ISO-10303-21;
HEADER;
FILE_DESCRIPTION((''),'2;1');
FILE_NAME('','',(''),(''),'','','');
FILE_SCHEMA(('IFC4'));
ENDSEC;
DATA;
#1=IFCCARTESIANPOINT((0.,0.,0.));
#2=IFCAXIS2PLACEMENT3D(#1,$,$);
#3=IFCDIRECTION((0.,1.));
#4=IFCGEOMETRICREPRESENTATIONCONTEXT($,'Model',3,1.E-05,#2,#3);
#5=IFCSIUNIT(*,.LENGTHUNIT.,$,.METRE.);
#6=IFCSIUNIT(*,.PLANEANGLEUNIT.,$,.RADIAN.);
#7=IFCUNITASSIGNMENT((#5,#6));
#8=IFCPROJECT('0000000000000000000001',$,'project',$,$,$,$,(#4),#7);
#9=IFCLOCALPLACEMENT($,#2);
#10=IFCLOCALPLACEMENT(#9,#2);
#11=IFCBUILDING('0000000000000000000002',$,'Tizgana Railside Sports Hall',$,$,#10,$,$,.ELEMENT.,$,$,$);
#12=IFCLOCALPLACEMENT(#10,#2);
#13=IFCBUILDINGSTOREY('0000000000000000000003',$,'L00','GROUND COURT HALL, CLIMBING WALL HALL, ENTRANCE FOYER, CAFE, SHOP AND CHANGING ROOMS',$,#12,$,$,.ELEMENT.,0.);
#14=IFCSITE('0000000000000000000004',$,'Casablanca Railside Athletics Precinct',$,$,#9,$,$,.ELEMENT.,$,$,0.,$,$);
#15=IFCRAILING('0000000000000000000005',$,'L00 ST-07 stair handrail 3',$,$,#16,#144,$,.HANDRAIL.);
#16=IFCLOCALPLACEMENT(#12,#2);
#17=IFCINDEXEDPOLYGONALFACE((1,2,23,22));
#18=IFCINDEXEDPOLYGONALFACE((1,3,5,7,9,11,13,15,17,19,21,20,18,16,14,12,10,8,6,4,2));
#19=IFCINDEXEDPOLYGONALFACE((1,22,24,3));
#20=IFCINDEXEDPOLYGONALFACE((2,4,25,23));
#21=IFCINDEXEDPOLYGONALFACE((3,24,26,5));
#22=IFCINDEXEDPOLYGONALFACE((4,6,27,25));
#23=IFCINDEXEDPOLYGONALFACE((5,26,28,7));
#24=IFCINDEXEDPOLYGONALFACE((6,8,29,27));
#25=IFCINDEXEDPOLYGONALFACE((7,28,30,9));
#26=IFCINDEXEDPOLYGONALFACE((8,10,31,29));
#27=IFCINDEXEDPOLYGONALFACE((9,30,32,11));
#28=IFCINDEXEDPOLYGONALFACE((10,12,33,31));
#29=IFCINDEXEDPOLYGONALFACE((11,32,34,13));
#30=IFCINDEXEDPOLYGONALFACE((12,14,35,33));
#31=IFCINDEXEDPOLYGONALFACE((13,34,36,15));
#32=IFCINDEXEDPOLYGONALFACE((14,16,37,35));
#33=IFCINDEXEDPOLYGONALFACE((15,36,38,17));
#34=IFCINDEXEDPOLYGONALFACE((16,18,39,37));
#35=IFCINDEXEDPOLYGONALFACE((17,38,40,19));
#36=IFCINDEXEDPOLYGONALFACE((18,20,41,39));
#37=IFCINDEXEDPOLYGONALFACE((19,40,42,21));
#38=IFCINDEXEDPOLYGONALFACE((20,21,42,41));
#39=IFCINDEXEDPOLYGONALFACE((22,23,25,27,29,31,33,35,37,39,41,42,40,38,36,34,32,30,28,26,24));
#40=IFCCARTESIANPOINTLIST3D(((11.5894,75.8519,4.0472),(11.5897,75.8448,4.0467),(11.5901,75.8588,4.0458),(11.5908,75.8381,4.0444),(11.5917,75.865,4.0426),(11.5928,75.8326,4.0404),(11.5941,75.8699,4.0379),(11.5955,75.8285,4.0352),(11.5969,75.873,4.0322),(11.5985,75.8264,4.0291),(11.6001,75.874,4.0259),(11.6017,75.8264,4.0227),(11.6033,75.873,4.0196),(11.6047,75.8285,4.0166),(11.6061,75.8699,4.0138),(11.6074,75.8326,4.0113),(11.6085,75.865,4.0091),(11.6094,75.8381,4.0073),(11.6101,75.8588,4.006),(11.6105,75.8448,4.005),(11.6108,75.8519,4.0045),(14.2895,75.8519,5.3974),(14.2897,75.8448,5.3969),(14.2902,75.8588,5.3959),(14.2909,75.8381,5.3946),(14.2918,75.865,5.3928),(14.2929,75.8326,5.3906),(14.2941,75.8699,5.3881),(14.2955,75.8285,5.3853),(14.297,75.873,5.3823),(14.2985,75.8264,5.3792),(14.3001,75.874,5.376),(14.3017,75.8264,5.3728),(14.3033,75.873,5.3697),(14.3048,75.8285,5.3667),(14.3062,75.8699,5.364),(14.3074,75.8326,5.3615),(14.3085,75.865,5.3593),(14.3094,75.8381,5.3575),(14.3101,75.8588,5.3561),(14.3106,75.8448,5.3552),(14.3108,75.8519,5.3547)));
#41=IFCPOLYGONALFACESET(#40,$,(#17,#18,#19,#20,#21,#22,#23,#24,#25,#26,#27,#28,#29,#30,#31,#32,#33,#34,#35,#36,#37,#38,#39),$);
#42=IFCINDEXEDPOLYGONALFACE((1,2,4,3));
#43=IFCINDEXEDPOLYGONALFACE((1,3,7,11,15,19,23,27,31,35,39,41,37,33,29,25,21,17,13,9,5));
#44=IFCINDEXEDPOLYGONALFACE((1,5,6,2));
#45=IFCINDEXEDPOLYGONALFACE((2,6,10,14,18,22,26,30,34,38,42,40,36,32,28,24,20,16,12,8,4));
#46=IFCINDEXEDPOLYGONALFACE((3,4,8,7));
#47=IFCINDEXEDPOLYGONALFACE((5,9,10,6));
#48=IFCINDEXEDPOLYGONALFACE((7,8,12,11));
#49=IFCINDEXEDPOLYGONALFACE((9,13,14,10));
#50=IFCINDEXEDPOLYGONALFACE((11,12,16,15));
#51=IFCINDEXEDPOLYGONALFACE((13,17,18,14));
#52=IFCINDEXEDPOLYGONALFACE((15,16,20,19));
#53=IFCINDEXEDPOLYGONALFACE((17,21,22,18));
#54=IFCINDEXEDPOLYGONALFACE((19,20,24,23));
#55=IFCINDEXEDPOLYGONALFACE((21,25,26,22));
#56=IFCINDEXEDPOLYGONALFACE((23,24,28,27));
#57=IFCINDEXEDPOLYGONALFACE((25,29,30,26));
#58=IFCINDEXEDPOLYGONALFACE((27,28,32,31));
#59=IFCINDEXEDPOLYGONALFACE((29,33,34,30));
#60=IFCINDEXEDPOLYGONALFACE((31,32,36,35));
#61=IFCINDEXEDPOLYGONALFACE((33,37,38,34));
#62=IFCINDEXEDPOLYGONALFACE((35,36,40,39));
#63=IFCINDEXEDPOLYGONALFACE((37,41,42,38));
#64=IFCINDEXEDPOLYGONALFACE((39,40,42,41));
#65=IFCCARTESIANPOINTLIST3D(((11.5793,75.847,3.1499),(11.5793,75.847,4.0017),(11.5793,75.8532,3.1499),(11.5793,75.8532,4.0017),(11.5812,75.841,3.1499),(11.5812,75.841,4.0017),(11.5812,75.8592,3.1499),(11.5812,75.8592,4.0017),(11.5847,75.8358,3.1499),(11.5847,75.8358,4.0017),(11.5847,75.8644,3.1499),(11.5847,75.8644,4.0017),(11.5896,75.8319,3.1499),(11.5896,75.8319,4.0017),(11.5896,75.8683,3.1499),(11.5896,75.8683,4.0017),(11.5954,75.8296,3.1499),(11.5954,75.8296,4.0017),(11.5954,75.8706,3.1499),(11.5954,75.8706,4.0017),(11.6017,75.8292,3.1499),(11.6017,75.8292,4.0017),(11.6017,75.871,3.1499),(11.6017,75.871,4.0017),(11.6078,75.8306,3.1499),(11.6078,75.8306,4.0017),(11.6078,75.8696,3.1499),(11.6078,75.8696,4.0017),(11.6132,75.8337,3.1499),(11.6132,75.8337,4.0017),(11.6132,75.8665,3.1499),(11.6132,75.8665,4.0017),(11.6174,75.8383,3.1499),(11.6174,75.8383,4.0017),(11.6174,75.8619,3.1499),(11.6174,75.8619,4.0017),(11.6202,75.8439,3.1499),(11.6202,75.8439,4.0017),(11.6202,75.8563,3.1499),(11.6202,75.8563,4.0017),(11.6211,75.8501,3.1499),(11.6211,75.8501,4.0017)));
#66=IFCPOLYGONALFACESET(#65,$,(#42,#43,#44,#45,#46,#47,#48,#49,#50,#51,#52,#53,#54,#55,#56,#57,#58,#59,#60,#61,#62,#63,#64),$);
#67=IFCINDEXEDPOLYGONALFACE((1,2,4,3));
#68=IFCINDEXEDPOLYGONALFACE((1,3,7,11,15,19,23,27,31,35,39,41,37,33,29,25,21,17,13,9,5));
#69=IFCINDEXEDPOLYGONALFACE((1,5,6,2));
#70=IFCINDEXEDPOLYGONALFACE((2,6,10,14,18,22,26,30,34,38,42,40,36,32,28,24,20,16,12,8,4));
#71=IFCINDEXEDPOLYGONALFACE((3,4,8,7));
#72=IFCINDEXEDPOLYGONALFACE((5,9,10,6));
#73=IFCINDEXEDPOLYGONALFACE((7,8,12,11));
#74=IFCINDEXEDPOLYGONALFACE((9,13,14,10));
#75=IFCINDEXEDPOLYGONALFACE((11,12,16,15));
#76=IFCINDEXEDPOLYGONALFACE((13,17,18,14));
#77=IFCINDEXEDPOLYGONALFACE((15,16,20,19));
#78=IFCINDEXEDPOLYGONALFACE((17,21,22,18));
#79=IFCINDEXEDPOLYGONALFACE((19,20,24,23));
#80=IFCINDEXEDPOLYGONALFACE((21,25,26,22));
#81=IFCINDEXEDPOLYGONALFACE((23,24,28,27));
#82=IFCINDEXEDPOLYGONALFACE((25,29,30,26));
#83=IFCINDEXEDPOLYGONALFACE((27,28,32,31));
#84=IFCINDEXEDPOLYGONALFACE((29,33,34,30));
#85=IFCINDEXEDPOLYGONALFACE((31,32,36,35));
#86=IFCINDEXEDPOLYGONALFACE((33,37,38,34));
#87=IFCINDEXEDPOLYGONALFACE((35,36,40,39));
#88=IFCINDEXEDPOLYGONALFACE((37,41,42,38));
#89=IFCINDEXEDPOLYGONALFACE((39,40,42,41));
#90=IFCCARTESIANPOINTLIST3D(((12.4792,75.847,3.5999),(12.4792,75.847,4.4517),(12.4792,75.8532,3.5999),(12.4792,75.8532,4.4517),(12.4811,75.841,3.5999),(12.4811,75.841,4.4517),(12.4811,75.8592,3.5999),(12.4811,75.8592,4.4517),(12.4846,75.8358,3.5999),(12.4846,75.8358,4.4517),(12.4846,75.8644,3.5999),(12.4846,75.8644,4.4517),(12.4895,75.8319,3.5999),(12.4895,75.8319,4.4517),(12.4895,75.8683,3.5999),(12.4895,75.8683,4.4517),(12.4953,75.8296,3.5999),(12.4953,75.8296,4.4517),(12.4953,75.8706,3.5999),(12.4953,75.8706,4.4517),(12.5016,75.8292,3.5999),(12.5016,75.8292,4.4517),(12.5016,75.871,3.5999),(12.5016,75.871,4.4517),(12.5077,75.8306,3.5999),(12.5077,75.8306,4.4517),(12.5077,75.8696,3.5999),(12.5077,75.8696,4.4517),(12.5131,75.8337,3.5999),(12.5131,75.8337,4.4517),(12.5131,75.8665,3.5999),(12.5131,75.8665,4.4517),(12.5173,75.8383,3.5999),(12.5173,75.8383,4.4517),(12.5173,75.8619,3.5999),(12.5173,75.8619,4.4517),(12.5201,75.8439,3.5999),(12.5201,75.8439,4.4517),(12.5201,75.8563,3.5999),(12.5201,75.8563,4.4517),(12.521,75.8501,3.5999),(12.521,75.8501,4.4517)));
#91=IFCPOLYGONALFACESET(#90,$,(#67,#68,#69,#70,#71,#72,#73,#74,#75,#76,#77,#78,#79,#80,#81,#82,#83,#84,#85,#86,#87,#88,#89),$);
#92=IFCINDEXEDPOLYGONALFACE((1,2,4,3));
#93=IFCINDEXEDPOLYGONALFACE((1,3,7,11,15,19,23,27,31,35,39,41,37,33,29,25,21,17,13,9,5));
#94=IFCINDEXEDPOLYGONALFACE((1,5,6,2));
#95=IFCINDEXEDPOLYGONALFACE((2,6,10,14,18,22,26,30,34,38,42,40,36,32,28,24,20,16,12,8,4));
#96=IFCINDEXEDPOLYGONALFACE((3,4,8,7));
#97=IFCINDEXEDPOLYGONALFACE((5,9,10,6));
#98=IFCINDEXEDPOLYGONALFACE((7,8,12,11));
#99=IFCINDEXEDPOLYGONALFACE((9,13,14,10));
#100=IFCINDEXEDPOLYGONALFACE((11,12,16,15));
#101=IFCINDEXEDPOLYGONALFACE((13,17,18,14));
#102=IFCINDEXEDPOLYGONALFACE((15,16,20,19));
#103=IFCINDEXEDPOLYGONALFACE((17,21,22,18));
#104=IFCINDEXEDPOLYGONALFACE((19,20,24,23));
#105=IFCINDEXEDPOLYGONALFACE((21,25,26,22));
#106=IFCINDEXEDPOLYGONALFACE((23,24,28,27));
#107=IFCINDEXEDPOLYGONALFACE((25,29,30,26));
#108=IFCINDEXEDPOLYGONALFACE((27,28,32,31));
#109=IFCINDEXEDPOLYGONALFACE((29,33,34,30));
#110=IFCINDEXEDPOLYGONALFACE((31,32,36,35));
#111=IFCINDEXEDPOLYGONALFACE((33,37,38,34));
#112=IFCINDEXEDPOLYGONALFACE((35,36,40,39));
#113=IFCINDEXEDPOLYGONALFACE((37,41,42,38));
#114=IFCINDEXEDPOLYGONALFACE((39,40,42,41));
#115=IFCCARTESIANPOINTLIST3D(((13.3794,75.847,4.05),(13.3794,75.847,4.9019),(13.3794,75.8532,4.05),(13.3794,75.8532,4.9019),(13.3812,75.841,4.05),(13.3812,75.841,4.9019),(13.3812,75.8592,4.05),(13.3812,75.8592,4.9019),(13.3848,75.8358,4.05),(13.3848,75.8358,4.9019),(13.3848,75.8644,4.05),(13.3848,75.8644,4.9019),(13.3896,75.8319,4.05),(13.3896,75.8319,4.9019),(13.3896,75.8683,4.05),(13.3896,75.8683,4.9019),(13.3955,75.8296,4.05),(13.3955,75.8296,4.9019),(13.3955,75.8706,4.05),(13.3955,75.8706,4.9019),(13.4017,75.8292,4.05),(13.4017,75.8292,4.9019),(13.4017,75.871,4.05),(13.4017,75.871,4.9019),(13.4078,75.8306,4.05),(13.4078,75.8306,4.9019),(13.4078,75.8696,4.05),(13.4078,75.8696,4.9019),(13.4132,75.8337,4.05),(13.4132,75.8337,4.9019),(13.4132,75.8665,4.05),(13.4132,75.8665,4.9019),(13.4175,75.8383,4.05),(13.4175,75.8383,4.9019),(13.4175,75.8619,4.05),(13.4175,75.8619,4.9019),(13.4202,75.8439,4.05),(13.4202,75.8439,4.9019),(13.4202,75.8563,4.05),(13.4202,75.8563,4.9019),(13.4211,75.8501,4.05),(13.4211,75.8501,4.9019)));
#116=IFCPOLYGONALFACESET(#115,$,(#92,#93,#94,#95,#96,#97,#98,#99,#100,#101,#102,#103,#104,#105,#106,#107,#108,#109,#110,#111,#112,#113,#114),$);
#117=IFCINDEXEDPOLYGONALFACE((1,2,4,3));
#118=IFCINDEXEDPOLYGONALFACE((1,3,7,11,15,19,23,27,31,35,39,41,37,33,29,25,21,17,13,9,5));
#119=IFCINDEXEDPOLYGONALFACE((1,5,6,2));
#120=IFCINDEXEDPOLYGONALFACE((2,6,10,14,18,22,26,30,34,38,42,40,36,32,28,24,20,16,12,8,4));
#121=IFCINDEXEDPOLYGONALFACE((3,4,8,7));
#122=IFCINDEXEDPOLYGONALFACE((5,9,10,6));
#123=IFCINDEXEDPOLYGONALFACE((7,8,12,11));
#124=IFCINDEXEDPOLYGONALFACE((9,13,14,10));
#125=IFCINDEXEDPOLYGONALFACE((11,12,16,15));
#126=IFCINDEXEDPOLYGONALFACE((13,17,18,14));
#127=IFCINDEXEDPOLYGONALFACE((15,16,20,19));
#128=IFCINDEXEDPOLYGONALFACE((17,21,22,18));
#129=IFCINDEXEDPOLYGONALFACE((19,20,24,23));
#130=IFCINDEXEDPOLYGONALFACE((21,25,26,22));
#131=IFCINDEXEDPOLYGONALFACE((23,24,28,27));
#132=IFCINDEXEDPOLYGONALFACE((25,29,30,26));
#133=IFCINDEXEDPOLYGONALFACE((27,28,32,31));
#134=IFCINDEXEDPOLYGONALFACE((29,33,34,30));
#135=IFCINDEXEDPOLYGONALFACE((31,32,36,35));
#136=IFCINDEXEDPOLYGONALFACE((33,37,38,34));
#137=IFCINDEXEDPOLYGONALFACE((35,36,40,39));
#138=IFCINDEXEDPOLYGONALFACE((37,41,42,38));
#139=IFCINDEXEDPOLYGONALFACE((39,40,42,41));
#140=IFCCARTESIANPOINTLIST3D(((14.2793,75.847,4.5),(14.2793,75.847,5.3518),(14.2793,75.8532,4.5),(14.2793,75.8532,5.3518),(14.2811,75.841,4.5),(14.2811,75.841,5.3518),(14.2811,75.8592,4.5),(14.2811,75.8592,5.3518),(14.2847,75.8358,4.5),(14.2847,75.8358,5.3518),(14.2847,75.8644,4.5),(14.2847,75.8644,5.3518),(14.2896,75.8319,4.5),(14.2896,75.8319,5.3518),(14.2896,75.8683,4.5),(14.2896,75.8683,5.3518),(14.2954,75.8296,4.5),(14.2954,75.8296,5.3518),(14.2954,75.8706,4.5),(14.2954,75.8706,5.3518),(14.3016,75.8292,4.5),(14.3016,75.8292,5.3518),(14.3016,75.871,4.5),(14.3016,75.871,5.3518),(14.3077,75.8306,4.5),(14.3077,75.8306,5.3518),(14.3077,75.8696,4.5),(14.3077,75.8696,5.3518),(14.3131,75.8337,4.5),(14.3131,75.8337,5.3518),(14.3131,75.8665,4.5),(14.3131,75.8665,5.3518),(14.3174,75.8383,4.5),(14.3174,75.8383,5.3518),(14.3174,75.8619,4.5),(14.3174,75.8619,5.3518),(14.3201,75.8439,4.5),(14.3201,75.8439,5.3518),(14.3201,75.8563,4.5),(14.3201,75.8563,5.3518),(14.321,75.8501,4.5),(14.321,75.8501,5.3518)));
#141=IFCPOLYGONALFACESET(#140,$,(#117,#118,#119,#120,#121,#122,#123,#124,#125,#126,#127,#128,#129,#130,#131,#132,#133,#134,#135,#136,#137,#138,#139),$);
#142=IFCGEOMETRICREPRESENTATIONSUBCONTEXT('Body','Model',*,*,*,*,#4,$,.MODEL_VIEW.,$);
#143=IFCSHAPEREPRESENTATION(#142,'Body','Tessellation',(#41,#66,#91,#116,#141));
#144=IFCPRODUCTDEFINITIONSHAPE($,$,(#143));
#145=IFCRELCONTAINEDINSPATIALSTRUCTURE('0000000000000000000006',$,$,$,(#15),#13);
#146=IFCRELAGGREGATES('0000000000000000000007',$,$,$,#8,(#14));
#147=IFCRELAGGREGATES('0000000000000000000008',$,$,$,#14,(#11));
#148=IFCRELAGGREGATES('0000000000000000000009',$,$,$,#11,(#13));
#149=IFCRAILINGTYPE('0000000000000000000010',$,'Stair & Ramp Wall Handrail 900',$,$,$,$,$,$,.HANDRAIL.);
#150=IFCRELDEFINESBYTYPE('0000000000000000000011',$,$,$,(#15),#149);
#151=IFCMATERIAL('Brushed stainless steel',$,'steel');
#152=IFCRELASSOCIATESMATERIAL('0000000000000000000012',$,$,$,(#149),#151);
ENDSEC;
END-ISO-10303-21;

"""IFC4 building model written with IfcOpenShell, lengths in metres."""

from ifc_helpers import new_model, si_unit, direction, frame, origin, origin_2d, place, context, subcontext, project, spatial, circle, extrude, material, type_object, element, save


model = new_model("IFC4")

# Units and contexts
model_context = context("Model", 3, precision=1e-05, world=origin(), true_north=direction((0.0, 1.0)))
body_context = subcontext(model_context, "Body", "Model", "MODEL_VIEW")
ifc_project = project(units=[si_unit("LENGTHUNIT", "METRE"), si_unit("PLANEANGLEUNIT", "RADIAN")], contexts=[model_context])

# Site, building, storey
site_placement = place(None, origin())
site = spatial("IfcSite", under=ifc_project, at=site_placement, Name="Casablanca Railside Athletics Precinct", CompositionType="ELEMENT", RefElevation=0.0)
building_placement = place(site_placement, origin())
building = spatial("IfcBuilding", under=site, at=building_placement, Name="Tizgana Railside Sports Hall", CompositionType="ELEMENT")
storey_placement = place(building_placement, origin())
storey = spatial("IfcBuildingStorey", under=building, at=storey_placement, Name="L00", Description="GROUND COURT HALL, CLIMBING WALL HALL, ENTRANCE FOYER, CAFE, SHOP AND CHANGING ROOMS", CompositionType="ELEMENT", Elevation=0.0)

# Railing
ifc_material_1 = material(Name="Brushed stainless steel", Category="steel")
railing_type_1 = type_object("IfcRailingType", Name="Stair & Ramp Wall Handrail 900", PredefinedType="HANDRAIL", material=ifc_material_1)
for number, where, name in (
    (1, (11.6001, 75.8501, 3.1499), "L00 ST-07 stair handrail 3"),
):
    element("IfcRailing", number, at=place(storey_placement, frame(where)), inside=storey, type_object=railing_type_1, Name=name, PredefinedType="HANDRAIL", context=body_context, shape_type="SweptSolid", body=[
        extrude(circle(Radius=0.0239, at=origin_2d()), frame((0.0, 0.0, 0.876), z_axis=(0.894411, 0.0, 0.447246), x_axis=(0.0, 1.0, 0.0)), (0.0, 0.0, 1.0), 3.0188),
        extrude(circle(Radius=0.021, at=origin_2d()), origin(), (0.0, 0.0, 1.0), 0.8518),
        extrude(circle(Radius=0.021, at=origin_2d()), frame((0.8999, 0.0, 0.45)), (0.0, 0.0, 1.0), 0.8518),
        extrude(circle(Radius=0.021, at=origin_2d()), frame((1.8, 0.0, 0.9001)), (0.0, 0.0, 1.0), 0.8518),
        extrude(circle(Radius=0.021, at=origin_2d()), frame((2.7, 0.0, 1.3501)), (0.0, 0.0, 1.0), 0.8518),
    ])

save(model, "model.ifc")
